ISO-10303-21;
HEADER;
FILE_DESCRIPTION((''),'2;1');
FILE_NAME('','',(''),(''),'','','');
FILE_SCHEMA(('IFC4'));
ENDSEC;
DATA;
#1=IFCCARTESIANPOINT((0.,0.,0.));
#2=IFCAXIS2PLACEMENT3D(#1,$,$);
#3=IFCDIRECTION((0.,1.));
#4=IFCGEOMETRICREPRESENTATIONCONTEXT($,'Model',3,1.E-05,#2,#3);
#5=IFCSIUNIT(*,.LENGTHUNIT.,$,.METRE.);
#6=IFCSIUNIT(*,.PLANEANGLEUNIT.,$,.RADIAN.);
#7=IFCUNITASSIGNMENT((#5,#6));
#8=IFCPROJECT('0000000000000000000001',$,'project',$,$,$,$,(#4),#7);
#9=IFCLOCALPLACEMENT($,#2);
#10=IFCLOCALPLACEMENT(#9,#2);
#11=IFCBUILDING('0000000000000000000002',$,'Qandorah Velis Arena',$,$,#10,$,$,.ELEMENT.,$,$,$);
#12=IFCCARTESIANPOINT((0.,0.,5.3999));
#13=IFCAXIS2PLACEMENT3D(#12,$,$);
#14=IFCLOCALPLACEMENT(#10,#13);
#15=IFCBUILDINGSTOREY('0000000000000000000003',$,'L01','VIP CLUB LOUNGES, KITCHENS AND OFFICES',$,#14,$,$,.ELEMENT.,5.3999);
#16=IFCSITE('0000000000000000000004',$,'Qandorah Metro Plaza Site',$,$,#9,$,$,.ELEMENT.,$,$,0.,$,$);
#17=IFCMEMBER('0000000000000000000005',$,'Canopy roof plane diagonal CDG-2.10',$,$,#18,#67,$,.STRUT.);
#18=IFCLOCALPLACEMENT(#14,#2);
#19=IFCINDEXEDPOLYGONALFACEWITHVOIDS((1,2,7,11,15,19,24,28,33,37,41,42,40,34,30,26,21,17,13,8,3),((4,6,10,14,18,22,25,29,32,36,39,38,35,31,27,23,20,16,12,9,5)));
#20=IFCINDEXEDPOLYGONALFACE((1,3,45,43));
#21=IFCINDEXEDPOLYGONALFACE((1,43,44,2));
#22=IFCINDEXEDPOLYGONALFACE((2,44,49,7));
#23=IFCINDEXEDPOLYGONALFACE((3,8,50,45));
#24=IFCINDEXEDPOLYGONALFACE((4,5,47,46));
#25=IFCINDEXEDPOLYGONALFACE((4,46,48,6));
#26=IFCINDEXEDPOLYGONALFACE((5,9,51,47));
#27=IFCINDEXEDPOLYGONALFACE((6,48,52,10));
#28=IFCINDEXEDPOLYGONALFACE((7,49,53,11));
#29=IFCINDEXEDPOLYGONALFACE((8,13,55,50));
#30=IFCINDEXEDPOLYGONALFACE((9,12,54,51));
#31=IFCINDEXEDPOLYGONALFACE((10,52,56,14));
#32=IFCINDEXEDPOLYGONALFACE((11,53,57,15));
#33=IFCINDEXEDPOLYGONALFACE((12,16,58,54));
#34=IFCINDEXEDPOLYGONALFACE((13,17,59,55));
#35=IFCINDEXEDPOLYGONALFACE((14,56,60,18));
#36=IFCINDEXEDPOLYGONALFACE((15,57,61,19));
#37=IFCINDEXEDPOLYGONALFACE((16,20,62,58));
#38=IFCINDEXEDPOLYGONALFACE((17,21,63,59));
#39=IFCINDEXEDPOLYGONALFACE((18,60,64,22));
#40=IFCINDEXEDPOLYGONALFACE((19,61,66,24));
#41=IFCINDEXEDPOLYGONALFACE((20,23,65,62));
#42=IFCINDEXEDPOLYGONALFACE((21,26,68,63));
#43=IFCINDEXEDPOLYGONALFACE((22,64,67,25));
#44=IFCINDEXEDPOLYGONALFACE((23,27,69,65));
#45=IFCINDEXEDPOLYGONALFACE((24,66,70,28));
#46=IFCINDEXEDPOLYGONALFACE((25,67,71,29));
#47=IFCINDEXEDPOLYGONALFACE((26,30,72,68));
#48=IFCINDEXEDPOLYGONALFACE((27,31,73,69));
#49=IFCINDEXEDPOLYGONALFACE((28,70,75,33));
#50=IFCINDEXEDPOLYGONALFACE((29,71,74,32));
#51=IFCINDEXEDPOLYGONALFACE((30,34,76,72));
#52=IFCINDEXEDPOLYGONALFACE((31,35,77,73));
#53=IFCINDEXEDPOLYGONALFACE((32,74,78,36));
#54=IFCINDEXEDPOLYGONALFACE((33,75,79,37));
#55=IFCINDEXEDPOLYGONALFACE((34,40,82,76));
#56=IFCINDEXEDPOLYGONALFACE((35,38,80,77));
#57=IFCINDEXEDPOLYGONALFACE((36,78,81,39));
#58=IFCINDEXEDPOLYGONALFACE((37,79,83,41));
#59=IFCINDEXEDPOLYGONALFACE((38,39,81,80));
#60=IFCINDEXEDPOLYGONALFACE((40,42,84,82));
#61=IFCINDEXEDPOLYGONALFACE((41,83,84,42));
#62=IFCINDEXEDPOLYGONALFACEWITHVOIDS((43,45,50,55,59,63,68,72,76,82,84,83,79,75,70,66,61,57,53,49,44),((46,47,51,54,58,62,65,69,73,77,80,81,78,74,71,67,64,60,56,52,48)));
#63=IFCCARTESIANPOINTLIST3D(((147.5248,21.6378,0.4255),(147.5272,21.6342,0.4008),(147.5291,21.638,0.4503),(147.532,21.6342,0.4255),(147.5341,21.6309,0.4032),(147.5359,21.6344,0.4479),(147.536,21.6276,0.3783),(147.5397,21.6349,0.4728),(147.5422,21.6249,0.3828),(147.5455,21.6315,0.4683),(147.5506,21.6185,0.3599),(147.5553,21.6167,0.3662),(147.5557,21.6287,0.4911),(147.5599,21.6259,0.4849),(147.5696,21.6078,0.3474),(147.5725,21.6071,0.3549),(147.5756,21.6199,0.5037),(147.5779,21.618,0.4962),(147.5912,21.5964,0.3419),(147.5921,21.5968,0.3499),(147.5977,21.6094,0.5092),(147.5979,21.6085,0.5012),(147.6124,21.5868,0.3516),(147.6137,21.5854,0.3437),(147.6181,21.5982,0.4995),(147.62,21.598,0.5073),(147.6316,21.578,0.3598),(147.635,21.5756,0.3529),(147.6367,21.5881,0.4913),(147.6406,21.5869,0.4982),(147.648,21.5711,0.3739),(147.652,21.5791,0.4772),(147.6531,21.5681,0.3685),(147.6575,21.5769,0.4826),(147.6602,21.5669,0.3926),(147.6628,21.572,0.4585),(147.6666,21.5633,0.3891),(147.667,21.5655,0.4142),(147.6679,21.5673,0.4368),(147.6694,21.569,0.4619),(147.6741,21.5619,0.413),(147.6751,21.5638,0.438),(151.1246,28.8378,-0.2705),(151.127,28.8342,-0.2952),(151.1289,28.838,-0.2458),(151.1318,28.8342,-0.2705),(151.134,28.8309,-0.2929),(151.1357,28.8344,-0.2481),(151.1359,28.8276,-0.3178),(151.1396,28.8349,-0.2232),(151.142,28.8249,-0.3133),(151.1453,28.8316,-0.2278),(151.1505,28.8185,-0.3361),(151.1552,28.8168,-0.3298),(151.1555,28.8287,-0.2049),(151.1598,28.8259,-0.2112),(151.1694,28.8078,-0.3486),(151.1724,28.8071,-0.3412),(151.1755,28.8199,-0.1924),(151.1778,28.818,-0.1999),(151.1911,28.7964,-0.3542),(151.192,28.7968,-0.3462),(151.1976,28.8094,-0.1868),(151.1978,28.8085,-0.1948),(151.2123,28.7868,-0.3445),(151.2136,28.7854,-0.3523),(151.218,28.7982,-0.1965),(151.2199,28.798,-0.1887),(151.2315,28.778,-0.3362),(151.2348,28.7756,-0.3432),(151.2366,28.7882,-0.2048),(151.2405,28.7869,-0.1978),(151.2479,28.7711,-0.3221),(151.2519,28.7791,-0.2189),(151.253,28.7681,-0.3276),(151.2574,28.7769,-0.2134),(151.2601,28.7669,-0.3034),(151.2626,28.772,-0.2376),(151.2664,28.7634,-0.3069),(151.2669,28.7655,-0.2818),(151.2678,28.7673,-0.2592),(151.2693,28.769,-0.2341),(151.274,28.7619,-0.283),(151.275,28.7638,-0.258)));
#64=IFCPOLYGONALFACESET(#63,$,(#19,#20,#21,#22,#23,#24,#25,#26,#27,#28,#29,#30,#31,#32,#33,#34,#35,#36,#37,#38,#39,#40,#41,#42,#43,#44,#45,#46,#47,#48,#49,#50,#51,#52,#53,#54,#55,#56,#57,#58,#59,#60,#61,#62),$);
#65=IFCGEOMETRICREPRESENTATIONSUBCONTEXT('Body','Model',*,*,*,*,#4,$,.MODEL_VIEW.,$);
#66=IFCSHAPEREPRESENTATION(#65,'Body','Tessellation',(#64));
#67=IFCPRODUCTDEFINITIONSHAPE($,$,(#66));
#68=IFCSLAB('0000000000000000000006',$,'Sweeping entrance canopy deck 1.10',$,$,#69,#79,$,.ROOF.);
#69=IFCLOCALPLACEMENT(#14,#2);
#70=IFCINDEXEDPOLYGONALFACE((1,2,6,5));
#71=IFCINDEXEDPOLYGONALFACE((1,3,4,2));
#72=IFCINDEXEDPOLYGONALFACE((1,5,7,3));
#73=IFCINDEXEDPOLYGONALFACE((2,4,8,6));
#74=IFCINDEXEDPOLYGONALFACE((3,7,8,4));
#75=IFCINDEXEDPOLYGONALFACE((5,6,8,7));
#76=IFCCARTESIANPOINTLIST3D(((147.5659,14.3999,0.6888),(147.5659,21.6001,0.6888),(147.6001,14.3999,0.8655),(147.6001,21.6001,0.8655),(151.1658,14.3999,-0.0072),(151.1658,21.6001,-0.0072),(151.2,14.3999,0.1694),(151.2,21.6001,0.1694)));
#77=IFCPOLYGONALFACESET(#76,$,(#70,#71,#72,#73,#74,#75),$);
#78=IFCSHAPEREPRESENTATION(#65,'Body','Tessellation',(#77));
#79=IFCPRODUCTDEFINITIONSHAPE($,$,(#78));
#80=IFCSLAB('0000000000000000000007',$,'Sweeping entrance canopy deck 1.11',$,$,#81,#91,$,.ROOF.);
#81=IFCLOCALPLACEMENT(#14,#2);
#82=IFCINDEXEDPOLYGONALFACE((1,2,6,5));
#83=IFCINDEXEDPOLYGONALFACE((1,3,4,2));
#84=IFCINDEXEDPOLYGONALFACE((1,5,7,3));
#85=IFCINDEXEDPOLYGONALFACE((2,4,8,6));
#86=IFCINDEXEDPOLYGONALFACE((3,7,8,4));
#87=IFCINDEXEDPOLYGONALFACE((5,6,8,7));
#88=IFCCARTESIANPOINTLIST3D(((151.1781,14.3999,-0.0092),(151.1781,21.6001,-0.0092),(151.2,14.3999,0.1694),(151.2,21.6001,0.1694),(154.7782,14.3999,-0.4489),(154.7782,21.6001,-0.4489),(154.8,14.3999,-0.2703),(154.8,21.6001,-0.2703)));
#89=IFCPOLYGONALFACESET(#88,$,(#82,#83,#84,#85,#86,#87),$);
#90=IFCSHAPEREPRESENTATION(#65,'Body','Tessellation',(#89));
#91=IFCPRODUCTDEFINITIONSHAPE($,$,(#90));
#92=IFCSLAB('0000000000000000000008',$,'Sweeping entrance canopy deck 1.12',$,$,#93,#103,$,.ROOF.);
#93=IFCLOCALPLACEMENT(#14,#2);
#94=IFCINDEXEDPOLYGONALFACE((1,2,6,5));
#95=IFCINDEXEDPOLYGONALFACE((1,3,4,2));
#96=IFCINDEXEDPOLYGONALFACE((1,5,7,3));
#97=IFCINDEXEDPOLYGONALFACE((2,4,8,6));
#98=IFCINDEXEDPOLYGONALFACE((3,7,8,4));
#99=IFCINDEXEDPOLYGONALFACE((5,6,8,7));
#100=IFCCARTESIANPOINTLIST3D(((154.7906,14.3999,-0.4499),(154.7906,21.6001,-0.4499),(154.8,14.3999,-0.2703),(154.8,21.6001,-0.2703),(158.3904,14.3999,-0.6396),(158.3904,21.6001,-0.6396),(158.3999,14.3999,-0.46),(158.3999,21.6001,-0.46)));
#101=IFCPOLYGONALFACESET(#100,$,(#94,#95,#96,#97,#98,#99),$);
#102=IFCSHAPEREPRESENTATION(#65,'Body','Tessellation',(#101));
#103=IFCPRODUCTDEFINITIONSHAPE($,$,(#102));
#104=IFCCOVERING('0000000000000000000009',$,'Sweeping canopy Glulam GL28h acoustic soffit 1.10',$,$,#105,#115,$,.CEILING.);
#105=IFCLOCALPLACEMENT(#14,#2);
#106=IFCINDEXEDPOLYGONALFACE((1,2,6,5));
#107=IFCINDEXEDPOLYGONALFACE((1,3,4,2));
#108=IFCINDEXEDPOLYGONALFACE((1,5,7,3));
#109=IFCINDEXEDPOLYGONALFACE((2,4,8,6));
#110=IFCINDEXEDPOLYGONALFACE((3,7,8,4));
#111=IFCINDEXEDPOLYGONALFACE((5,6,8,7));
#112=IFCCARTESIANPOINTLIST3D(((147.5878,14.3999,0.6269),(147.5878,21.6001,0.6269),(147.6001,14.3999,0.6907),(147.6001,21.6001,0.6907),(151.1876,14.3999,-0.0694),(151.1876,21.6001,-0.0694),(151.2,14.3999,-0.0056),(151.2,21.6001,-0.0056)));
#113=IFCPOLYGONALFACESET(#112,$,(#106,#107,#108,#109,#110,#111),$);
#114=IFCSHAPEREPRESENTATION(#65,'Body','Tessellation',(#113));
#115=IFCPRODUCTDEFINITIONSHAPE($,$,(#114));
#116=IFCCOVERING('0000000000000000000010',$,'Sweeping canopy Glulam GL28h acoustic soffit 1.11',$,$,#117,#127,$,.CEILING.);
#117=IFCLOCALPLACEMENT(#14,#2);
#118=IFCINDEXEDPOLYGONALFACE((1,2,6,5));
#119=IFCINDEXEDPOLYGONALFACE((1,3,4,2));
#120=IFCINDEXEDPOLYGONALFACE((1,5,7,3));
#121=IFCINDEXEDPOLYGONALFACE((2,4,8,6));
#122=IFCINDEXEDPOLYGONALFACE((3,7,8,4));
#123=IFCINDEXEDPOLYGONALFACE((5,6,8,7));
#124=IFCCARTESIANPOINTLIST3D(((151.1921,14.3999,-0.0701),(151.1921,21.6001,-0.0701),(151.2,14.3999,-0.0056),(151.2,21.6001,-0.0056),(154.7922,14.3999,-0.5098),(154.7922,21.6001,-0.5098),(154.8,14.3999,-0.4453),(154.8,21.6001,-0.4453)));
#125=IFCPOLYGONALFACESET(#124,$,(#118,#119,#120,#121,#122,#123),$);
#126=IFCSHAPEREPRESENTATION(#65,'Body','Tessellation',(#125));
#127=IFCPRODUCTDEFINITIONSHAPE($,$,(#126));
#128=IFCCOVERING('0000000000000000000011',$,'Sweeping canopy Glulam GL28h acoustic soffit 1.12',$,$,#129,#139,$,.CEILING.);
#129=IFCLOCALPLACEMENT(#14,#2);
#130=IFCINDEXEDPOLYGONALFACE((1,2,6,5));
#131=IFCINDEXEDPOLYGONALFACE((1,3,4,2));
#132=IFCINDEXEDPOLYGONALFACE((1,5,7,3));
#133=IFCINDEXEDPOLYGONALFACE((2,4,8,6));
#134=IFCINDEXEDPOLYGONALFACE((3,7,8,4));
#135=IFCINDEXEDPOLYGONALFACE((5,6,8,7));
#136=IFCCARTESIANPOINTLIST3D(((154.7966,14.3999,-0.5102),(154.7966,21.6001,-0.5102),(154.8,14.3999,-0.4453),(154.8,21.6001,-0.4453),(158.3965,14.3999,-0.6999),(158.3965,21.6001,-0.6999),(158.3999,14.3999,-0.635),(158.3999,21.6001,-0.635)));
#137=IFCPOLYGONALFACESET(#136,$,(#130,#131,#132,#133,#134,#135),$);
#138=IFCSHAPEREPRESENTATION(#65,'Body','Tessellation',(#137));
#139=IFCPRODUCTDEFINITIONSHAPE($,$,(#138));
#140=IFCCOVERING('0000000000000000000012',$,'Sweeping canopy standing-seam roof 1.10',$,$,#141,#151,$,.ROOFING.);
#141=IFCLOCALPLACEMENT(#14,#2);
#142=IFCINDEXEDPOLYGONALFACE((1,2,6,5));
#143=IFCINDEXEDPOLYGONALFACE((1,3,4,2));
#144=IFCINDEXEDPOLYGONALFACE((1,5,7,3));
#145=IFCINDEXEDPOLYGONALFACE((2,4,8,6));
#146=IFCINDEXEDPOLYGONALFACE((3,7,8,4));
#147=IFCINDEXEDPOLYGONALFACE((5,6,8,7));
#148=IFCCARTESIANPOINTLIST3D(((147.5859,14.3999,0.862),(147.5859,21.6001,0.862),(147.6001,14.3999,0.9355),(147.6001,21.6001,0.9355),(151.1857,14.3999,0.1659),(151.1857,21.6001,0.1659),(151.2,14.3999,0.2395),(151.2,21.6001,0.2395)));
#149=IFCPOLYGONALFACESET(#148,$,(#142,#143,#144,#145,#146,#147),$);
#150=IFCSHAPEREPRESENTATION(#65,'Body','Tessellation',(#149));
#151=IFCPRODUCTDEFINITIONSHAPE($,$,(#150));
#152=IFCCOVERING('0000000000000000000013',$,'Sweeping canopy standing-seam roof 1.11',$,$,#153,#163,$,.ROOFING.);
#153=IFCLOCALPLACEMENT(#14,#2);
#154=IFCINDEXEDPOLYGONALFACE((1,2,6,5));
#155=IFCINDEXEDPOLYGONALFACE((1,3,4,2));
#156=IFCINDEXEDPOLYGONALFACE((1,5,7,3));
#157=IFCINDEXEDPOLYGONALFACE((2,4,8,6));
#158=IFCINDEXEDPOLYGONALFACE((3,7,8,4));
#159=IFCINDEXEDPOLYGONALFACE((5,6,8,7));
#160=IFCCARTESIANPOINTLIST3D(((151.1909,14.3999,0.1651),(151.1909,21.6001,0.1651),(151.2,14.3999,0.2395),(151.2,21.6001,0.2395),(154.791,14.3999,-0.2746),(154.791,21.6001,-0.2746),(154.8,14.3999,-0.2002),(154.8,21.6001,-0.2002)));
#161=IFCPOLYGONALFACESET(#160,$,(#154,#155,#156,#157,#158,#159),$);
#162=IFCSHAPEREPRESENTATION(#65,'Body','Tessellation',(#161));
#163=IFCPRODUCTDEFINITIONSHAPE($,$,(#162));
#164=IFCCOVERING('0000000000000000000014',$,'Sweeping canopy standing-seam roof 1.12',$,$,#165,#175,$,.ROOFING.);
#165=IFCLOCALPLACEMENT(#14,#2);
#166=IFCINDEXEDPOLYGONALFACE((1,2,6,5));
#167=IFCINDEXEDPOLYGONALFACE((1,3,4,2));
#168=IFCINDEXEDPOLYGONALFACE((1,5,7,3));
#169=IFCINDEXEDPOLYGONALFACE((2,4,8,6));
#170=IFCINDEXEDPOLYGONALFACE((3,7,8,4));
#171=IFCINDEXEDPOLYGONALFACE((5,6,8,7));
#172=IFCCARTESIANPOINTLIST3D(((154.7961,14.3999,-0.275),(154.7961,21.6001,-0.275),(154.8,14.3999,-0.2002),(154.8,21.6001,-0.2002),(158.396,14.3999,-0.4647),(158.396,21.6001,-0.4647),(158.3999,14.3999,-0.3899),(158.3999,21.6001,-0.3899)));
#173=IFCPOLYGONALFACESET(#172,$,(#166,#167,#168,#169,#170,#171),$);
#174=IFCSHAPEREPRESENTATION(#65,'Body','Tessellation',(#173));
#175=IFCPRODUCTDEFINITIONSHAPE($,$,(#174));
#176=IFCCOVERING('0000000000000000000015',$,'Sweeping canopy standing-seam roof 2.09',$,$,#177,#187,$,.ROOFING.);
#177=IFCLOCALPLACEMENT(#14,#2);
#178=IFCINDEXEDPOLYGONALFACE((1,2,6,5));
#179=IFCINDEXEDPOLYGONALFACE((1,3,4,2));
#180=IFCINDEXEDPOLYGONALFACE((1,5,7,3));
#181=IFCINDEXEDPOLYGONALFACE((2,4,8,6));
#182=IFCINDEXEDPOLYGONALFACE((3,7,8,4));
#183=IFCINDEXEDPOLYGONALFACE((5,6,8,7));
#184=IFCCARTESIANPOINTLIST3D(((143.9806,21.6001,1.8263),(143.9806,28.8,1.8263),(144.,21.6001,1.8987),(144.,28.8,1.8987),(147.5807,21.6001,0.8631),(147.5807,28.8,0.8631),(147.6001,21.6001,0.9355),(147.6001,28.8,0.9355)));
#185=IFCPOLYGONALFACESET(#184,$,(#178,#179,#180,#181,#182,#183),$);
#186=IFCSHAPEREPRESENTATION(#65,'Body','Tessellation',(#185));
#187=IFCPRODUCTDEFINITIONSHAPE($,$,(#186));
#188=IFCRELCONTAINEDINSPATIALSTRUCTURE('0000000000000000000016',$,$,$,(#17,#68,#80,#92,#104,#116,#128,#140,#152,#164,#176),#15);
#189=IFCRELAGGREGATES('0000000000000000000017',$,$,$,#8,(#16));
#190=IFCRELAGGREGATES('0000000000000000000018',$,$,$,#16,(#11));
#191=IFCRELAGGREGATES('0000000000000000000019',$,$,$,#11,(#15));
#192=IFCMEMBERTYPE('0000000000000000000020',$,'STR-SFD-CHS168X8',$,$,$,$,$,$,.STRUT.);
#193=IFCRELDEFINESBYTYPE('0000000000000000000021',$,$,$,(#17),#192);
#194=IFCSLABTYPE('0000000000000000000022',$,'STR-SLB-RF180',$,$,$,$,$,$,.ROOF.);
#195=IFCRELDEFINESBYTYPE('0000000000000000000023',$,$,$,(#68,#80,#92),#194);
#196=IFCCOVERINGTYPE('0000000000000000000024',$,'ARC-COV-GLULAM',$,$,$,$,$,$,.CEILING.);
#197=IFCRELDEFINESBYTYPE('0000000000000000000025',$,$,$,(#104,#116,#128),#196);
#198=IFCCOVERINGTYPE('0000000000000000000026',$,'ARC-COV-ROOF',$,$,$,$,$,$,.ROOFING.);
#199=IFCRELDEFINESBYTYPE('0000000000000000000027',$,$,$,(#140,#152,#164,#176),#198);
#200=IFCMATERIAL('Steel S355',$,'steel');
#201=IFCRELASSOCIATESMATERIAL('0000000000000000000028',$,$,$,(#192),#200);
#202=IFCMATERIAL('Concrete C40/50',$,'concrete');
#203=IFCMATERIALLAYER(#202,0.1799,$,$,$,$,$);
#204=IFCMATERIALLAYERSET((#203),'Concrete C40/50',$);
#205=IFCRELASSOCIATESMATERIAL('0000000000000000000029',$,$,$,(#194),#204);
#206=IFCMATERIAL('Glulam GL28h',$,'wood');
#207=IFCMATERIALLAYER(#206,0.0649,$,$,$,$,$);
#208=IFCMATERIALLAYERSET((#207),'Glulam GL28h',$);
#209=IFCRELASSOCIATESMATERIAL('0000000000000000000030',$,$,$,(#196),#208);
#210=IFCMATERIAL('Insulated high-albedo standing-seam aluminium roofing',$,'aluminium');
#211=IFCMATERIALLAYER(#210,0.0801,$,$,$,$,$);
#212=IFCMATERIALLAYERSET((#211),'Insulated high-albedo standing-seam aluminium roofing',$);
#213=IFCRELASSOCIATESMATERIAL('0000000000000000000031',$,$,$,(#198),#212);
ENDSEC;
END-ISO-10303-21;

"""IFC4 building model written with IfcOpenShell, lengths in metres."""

from ifc_helpers import new_model, si_unit, direction, frame, origin, origin_2d, place, context, subcontext, project, spatial, polyline, hollow_circle, outline, extrude, material, layer, layer_set, material_profile, profile_set, type_object, element, save


model = new_model("IFC4")

# Units and contexts
model_context = context("Model", 3, precision=1e-05, world=origin(), true_north=direction((0.0, 1.0)))
body_context = subcontext(model_context, "Body", "Model", "MODEL_VIEW")
ifc_project = project(units=[si_unit("LENGTHUNIT", "METRE"), si_unit("PLANEANGLEUNIT", "RADIAN")], contexts=[model_context])

# Site, building, storey
site_placement = place(None, origin())
site = spatial("IfcSite", under=ifc_project, at=site_placement, Name="Qandorah Metro Plaza Site", CompositionType="ELEMENT", RefElevation=0.0)
building_placement = place(site_placement, origin())
building = spatial("IfcBuilding", under=site, at=building_placement, Name="Qandorah Velis Arena", CompositionType="ELEMENT")
storey_placement = place(building_placement, frame((0.0, 0.0, 5.3999)))
storey = spatial("IfcBuildingStorey", under=building, at=storey_placement, Name="L01", Description="VIP CLUB LOUNGES, KITCHENS AND OFFICES", CompositionType="ELEMENT", Elevation=5.3999)

# Shared definitions
ifc_material_1 = material(Name="Steel S355", Category="steel")

# Member
ifc_material_profile_1 = material_profile(ifc_material_1, hollow_circle(Radius=0.0842, WallThickness=0.0081, at=origin_2d()), Name="CHS 168.3x8")
ifc_profile_set_1 = profile_set([ifc_material_profile_1], Name="Steel S355")
member_type_1 = type_object("IfcMemberType", Name="STR-SFD-CHS168X8", PredefinedType="STRUT", material=ifc_profile_set_1)
member_1_placement = place(storey_placement, frame((147.6001, 21.6001, 0.4255), z_axis=(0.445539, 0.891108, -0.086147), x_axis=(-0.894433, 0.447201, 0.0)))
element("IfcMember", 1, at=member_1_placement, inside=storey, type_object=member_type_1, Name="Canopy roof plane diagonal CDG-2.10", PredefinedType="STRUT", context=body_context, shape_type="SweptSolid", body=[
    extrude(hollow_circle(Radius=0.0842, WallThickness=0.0081, at=origin_2d()), origin(), (0.0, 0.0, 1.0), 8.0798),
])

# Slabs
ifc_material_2 = material(Name="Concrete C40/50", Category="concrete")
ifc_layer_1 = layer(ifc_material_2, 0.1799)
ifc_layer_set_1 = layer_set([ifc_layer_1], Name="Concrete C40/50")
slab_type = type_object("IfcSlabType", Name="STR-SLB-RF180", PredefinedType="ROOF", material=ifc_layer_set_1)
slab_1_placement = place(storey_placement, frame((147.6001, 14.3999, 0.8655), z_axis=(0.189838, 0.0, 0.981815), x_axis=(0.981815, 0.0, -0.189838)))
element("IfcSlab", 2, at=slab_1_placement, inside=storey, type_object=slab_type, Name="Sweeping entrance canopy deck 1.10", PredefinedType="ROOF", context=body_context, shape_type="SweptSolid", body=[
    extrude(outline(polyline([(0.0, 0.0), (3.6665, 0.0), (3.6665, 7.2002), (0.0, 7.2002), (0.0, 0.0)])), origin(), (0.0, 0.0, -1.0), 0.1799),
])
slab_2_placement = place(storey_placement, frame((151.2, 14.3999, 0.1694), z_axis=(0.121234, 0.0, 0.992624), x_axis=(0.992624, 0.0, -0.121234)))
element("IfcSlab", 3, at=slab_2_placement, inside=storey, type_object=slab_type, Name="Sweeping entrance canopy deck 1.11", PredefinedType="ROOF", context=body_context, shape_type="SweptSolid", body=[
    extrude(outline(polyline([(0.0, 0.0), (3.6268, 0.0), (3.6268, 7.2002), (0.0, 7.2002), (0.0, 0.0)])), origin(), (0.0, 0.0, -1.0), 0.1799),
])
slab_3_placement = place(storey_placement, frame((154.8, 14.3999, -0.2703), z_axis=(0.052623, 0.0, 0.998614), x_axis=(0.998614, 0.0, -0.052623)))
element("IfcSlab", 4, at=slab_3_placement, inside=storey, type_object=slab_type, Name="Sweeping entrance canopy deck 1.12", PredefinedType="ROOF", context=body_context, shape_type="SweptSolid", body=[
    extrude(outline(polyline([(0.0, 0.0), (3.6048, 0.0), (3.6048, 7.2002), (0.0, 7.2002), (0.0, 0.0)])), origin(), (0.0, 0.0, -1.0), 0.1799),
])

# Coverings
ifc_material_3 = material(Name="Glulam GL28h", Category="wood")
ifc_layer_2 = layer(ifc_material_3, 0.0649)
ifc_layer_set_2 = layer_set([ifc_layer_2], Name="Glulam GL28h")
covering_type_1 = type_object("IfcCoveringType", Name="ARC-COV-GLULAM", PredefinedType="CEILING", material=ifc_layer_set_2)
covering_1_placement = place(storey_placement, frame((147.6001, 14.3999, 0.6907), z_axis=(0.189902, 0.0, 0.981803), x_axis=(0.981803, 0.0, -0.189902)))
element("IfcCovering", 5, at=covering_1_placement, inside=storey, type_object=covering_type_1, Name="Sweeping canopy Glulam GL28h acoustic soffit 1.10", PredefinedType="CEILING", context=body_context, shape_type="SweptSolid", body=[
    extrude(outline(polyline([(0.0, 0.0), (3.6666, 0.0), (3.6666, 7.2002), (0.0, 7.2002), (0.0, 0.0)])), origin(), (0.0, 0.0, -1.0), 0.0649),
])
covering_2_placement = place(storey_placement, frame((151.2, 14.3999, -0.0056), z_axis=(0.121234, 0.0, 0.992624), x_axis=(0.992624, 0.0, -0.121234)))
element("IfcCovering", 6, at=covering_2_placement, inside=storey, type_object=covering_type_1, Name="Sweeping canopy Glulam GL28h acoustic soffit 1.11", PredefinedType="CEILING", context=body_context, shape_type="SweptSolid", body=[
    extrude(outline(polyline([(0.0, 0.0), (3.6268, 0.0), (3.6268, 7.2002), (0.0, 7.2002), (0.0, 0.0)])), origin(), (0.0, 0.0, -1.0), 0.0649),
])
covering_3_placement = place(storey_placement, frame((154.8, 14.3999, -0.4453), z_axis=(0.052623, 0.0, 0.998614), x_axis=(0.998614, 0.0, -0.052623)))
element("IfcCovering", 7, at=covering_3_placement, inside=storey, type_object=covering_type_1, Name="Sweeping canopy Glulam GL28h acoustic soffit 1.12", PredefinedType="CEILING", context=body_context, shape_type="SweptSolid", body=[
    extrude(outline(polyline([(0.0, 0.0), (3.6048, 0.0), (3.6048, 7.2002), (0.0, 7.2002), (0.0, 0.0)])), origin(), (0.0, 0.0, -1.0), 0.0649),
])
ifc_material_4 = material(Name="Insulated high-albedo standing-seam aluminium roofing", Category="aluminium")
ifc_layer_3 = layer(ifc_material_4, 0.0801)
ifc_layer_set_3 = layer_set([ifc_layer_3], Name="Insulated high-albedo standing-seam aluminium roofing")
covering_type_2 = type_object("IfcCoveringType", Name="ARC-COV-ROOF", PredefinedType="ROOFING", material=ifc_layer_set_3)
covering_4_placement = place(storey_placement, frame((147.6001, 14.3999, 0.9355), z_axis=(0.189838, 0.0, 0.981815), x_axis=(0.981815, 0.0, -0.189838)))
element("IfcCovering", 8, at=covering_4_placement, inside=storey, type_object=covering_type_2, Name="Sweeping canopy standing-seam roof 1.10", PredefinedType="ROOFING", context=body_context, shape_type="SweptSolid", body=[
    extrude(outline(polyline([(0.0, 0.0), (3.6665, 0.0), (3.6665, 7.2002), (0.0, 7.2002), (0.0, 0.0)])), origin(), (0.0, 0.0, -1.0), 0.075),
])
covering_5_placement = place(storey_placement, frame((151.2, 14.3999, 0.2395), z_axis=(0.121234, 0.0, 0.992624), x_axis=(0.992624, 0.0, -0.121234)))
element("IfcCovering", 9, at=covering_5_placement, inside=storey, type_object=covering_type_2, Name="Sweeping canopy standing-seam roof 1.11", PredefinedType="ROOFING", context=body_context, shape_type="SweptSolid", body=[
    extrude(outline(polyline([(0.0, 0.0), (3.6268, 0.0), (3.6268, 7.2002), (0.0, 7.2002), (0.0, 0.0)])), origin(), (0.0, 0.0, -1.0), 0.075),
])
covering_6_placement = place(storey_placement, frame((154.8, 14.3999, -0.2002), z_axis=(0.052623, 0.0, 0.998614), x_axis=(0.998614, 0.0, -0.052623)))
element("IfcCovering", 10, at=covering_6_placement, inside=storey, type_object=covering_type_2, Name="Sweeping canopy standing-seam roof 1.12", PredefinedType="ROOFING", context=body_context, shape_type="SweptSolid", body=[
    extrude(outline(polyline([(0.0, 0.0), (3.6048, 0.0), (3.6048, 7.2002), (0.0, 7.2002), (0.0, 0.0)])), origin(), (0.0, 0.0, -1.0), 0.075),
])
covering_7_placement = place(storey_placement, frame((144.0, 21.6001, 1.8987), z_axis=(0.258441, 0.0, 0.966027), x_axis=(0.966027, 0.0, -0.258441)))
element("IfcCovering", 11, at=covering_7_placement, inside=storey, type_object=covering_type_2, Name="Sweeping canopy standing-seam roof 2.09", PredefinedType="ROOFING", context=body_context, shape_type="SweptSolid", body=[
    extrude(outline(polyline([(0.0, 0.0), (3.7267, 0.0), (3.7267, 7.2), (0.0, 7.2), (0.0, 0.0)])), origin(), (0.0, 0.0, -1.0), 0.075),
])

save(model, "model.ifc")
